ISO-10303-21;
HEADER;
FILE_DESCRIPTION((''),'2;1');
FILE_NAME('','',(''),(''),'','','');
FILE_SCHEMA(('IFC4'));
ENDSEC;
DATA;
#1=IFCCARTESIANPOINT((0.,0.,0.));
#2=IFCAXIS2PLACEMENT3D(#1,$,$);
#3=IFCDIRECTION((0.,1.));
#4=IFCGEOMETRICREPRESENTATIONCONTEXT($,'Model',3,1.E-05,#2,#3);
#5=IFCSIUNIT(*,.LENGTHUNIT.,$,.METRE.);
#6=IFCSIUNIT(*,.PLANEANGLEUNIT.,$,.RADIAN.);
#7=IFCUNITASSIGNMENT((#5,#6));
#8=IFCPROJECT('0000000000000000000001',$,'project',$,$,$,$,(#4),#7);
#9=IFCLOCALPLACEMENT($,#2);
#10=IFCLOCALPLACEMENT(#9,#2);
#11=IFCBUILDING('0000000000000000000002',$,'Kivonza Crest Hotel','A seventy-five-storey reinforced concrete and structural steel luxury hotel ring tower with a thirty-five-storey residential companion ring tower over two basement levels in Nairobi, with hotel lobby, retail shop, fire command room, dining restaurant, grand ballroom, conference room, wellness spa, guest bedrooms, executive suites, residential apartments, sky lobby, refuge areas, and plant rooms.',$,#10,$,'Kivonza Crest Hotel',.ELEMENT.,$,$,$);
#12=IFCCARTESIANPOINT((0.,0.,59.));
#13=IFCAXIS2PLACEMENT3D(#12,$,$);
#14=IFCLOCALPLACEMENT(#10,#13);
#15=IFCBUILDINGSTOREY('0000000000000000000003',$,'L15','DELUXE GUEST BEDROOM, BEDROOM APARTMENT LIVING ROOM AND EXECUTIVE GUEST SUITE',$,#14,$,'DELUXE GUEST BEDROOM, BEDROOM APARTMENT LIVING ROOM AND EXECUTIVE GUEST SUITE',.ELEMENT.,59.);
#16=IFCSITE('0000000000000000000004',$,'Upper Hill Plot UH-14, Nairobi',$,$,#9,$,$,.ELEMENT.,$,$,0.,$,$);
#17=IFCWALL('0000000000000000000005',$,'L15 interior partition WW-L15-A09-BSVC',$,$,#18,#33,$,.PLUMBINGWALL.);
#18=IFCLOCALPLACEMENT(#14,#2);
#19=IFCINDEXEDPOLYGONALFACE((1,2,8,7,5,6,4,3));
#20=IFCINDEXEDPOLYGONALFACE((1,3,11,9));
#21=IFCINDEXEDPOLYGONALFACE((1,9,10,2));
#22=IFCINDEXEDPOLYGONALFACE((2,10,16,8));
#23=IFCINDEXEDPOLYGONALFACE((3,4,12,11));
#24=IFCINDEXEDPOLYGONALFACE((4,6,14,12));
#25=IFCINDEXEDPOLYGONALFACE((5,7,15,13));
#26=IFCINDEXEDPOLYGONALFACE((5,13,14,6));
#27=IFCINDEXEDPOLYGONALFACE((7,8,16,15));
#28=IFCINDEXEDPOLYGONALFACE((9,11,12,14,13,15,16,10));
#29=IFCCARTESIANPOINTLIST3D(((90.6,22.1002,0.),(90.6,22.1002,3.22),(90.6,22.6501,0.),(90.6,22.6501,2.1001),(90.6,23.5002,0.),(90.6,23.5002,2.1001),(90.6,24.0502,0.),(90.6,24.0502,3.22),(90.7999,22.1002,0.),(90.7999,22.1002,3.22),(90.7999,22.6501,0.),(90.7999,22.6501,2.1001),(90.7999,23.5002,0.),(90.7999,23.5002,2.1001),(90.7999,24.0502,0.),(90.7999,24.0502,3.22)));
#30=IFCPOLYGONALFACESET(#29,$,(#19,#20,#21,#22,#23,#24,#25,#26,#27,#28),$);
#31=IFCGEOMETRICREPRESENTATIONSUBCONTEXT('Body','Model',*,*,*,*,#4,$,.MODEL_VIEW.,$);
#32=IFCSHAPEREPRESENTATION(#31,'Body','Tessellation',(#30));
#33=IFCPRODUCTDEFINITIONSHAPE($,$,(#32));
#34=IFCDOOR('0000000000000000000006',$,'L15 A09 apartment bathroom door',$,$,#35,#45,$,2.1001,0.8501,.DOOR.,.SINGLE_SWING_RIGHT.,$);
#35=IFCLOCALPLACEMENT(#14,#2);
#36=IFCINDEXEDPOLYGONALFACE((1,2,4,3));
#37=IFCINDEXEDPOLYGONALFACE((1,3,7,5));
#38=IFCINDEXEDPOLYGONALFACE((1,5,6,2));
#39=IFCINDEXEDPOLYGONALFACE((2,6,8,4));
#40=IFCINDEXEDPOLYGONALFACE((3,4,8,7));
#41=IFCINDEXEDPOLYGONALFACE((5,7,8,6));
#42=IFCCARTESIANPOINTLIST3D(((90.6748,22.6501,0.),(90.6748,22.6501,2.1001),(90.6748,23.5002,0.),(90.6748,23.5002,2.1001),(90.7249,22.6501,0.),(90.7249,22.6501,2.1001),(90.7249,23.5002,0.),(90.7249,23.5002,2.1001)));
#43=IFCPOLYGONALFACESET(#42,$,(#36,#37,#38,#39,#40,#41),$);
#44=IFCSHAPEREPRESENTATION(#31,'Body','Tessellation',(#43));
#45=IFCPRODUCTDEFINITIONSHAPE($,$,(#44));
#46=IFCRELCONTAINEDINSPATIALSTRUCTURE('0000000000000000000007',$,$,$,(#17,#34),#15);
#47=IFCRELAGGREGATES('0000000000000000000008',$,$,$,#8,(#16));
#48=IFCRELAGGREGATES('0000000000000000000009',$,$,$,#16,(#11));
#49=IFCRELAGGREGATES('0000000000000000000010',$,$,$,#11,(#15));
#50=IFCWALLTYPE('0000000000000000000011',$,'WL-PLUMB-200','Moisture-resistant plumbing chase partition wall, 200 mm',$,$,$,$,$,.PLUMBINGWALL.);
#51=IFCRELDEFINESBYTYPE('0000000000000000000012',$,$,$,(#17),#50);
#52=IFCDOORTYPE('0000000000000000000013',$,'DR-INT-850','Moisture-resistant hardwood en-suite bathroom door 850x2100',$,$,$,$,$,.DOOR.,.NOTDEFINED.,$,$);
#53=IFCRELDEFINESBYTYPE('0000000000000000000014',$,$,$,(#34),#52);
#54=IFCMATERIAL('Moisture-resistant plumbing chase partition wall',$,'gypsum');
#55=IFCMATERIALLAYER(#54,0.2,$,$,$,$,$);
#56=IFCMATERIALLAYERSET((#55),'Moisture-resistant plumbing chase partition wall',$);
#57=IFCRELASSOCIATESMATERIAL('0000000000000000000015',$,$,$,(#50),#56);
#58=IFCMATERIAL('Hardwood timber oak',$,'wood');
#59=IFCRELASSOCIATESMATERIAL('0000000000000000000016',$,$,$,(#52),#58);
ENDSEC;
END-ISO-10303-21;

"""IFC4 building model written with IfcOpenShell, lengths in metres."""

from ifc_helpers import new_model, si_unit, direction, frame, frame_2d, origin, place, context, subcontext, project, spatial, rectangle, extrude, material, layer, layer_set, type_object, element, fill, save


model = new_model("IFC4")

# Units and contexts
model_context = context("Model", 3, precision=1e-05, world=origin(), true_north=direction((0.0, 1.0)))
body_context = subcontext(model_context, "Body", "Model", "MODEL_VIEW")
ifc_project = project(units=[si_unit("LENGTHUNIT", "METRE"), si_unit("PLANEANGLEUNIT", "RADIAN")], contexts=[model_context])

# Site, building, storey
site_placement = place(None, origin())
site = spatial("IfcSite", under=ifc_project, at=site_placement, Name="Upper Hill Plot UH-14, Nairobi", CompositionType="ELEMENT", RefElevation=0.0)
building_placement = place(site_placement, origin())
building = spatial("IfcBuilding", under=site, at=building_placement, Name="Kivonza Crest Hotel", Description="A seventy-five-storey reinforced concrete and structural steel luxury hotel ring tower with a thirty-five-storey residential companion ring tower over two basement levels in Nairobi, with hotel lobby, retail shop, fire command room, dining restaurant, grand ballroom, conference room, wellness spa, guest bedrooms, executive suites, residential apartments, sky lobby, refuge areas, and plant rooms.", LongName="Kivonza Crest Hotel", CompositionType="ELEMENT")
storey_placement = place(building_placement, frame((0.0, 0.0, 59.0)))
storey = spatial("IfcBuildingStorey", under=building, at=storey_placement, Name="L15", Description="DELUXE GUEST BEDROOM, BEDROOM APARTMENT LIVING ROOM AND EXECUTIVE GUEST SUITE", LongName="DELUXE GUEST BEDROOM, BEDROOM APARTMENT LIVING ROOM AND EXECUTIVE GUEST SUITE", CompositionType="ELEMENT", Elevation=59.0)

# Shared definitions
ifc_material_1 = material(Name="Hardwood timber oak", Category="wood")

# Wall, opening, door
ifc_material_2 = material(Name="Moisture-resistant plumbing chase partition wall", Category="gypsum")
ifc_layer_1 = layer(ifc_material_2, 0.2)
ifc_layer_set_1 = layer_set([ifc_layer_1], Name="Moisture-resistant plumbing chase partition wall")
wall_type_1 = type_object("IfcWallType", Name="WL-PLUMB-200", Description="Moisture-resistant plumbing chase partition wall, 200 mm", PredefinedType="PLUMBINGWALL", material=ifc_layer_set_1)
wall_1_placement = place(storey_placement, frame((90.7, 22.1001, 0.0), z_axis=(0.0, 0.0, 1.0), x_axis=(0.0, 1.0, 0.0)))
wall_1 = element("IfcWall", 1, at=wall_1_placement, inside=storey, type_object=wall_type_1, Name="L15 interior partition WW-L15-A09-BSVC", PredefinedType="PLUMBINGWALL", context=body_context, shape_type="SweptSolid", body=[
    extrude(rectangle(XDim=1.95, YDim=0.2, at=frame_2d((0.9751, 0.0))), origin(), (0.0, 0.0, 1.0), 3.22),
])
opening_1_placement = place(wall_1_placement, frame((0.55, 0.0, 0.0)))
opening_1 = element("IfcOpeningElement", 2, at=opening_1_placement, cuts=wall_1, PredefinedType="OPENING", context=body_context, shape_type="SweptSolid", body=[
    extrude(rectangle(XDim=0.8501, YDim=2.1001, at=frame_2d((0.425, 1.05))), frame((0.0, 0.1099, 0.0), z_axis=(0.0, -1.0, 0.0), x_axis=(1.0, 0.0, 0.0)), (0.0, 0.0, 1.0), 0.22),
])
door_type_1 = type_object("IfcDoorType", Name="DR-INT-850", Description="Moisture-resistant hardwood en-suite bathroom door 850x2100", OperationType="NOTDEFINED", PredefinedType="DOOR", material=ifc_material_1)
door_1_placement = place(opening_1_placement, frame((0.8501, 0.0, 0.0), z_axis=(0.0, 0.0, 1.0), x_axis=(-1.0, 0.0, 0.0)))
door_1 = element("IfcDoor", 3, at=door_1_placement, inside=storey, type_object=door_type_1, Name="L15 A09 apartment bathroom door", OperationType="SINGLE_SWING_RIGHT", OverallHeight=2.1001, OverallWidth=0.8501, PredefinedType="DOOR", context=body_context, shape_type="SweptSolid", body=[
    extrude(rectangle(XDim=0.8501, YDim=2.1001, at=frame_2d((0.425, 1.05))), frame((0.0, 0.0249, 0.0), z_axis=(0.0, -1.0, 0.0), x_axis=(1.0, 0.0, 0.0)), (0.0, 0.0, 1.0), 0.05),
])
fill(opening_1, door_1)

save(model, "model.ifc")
